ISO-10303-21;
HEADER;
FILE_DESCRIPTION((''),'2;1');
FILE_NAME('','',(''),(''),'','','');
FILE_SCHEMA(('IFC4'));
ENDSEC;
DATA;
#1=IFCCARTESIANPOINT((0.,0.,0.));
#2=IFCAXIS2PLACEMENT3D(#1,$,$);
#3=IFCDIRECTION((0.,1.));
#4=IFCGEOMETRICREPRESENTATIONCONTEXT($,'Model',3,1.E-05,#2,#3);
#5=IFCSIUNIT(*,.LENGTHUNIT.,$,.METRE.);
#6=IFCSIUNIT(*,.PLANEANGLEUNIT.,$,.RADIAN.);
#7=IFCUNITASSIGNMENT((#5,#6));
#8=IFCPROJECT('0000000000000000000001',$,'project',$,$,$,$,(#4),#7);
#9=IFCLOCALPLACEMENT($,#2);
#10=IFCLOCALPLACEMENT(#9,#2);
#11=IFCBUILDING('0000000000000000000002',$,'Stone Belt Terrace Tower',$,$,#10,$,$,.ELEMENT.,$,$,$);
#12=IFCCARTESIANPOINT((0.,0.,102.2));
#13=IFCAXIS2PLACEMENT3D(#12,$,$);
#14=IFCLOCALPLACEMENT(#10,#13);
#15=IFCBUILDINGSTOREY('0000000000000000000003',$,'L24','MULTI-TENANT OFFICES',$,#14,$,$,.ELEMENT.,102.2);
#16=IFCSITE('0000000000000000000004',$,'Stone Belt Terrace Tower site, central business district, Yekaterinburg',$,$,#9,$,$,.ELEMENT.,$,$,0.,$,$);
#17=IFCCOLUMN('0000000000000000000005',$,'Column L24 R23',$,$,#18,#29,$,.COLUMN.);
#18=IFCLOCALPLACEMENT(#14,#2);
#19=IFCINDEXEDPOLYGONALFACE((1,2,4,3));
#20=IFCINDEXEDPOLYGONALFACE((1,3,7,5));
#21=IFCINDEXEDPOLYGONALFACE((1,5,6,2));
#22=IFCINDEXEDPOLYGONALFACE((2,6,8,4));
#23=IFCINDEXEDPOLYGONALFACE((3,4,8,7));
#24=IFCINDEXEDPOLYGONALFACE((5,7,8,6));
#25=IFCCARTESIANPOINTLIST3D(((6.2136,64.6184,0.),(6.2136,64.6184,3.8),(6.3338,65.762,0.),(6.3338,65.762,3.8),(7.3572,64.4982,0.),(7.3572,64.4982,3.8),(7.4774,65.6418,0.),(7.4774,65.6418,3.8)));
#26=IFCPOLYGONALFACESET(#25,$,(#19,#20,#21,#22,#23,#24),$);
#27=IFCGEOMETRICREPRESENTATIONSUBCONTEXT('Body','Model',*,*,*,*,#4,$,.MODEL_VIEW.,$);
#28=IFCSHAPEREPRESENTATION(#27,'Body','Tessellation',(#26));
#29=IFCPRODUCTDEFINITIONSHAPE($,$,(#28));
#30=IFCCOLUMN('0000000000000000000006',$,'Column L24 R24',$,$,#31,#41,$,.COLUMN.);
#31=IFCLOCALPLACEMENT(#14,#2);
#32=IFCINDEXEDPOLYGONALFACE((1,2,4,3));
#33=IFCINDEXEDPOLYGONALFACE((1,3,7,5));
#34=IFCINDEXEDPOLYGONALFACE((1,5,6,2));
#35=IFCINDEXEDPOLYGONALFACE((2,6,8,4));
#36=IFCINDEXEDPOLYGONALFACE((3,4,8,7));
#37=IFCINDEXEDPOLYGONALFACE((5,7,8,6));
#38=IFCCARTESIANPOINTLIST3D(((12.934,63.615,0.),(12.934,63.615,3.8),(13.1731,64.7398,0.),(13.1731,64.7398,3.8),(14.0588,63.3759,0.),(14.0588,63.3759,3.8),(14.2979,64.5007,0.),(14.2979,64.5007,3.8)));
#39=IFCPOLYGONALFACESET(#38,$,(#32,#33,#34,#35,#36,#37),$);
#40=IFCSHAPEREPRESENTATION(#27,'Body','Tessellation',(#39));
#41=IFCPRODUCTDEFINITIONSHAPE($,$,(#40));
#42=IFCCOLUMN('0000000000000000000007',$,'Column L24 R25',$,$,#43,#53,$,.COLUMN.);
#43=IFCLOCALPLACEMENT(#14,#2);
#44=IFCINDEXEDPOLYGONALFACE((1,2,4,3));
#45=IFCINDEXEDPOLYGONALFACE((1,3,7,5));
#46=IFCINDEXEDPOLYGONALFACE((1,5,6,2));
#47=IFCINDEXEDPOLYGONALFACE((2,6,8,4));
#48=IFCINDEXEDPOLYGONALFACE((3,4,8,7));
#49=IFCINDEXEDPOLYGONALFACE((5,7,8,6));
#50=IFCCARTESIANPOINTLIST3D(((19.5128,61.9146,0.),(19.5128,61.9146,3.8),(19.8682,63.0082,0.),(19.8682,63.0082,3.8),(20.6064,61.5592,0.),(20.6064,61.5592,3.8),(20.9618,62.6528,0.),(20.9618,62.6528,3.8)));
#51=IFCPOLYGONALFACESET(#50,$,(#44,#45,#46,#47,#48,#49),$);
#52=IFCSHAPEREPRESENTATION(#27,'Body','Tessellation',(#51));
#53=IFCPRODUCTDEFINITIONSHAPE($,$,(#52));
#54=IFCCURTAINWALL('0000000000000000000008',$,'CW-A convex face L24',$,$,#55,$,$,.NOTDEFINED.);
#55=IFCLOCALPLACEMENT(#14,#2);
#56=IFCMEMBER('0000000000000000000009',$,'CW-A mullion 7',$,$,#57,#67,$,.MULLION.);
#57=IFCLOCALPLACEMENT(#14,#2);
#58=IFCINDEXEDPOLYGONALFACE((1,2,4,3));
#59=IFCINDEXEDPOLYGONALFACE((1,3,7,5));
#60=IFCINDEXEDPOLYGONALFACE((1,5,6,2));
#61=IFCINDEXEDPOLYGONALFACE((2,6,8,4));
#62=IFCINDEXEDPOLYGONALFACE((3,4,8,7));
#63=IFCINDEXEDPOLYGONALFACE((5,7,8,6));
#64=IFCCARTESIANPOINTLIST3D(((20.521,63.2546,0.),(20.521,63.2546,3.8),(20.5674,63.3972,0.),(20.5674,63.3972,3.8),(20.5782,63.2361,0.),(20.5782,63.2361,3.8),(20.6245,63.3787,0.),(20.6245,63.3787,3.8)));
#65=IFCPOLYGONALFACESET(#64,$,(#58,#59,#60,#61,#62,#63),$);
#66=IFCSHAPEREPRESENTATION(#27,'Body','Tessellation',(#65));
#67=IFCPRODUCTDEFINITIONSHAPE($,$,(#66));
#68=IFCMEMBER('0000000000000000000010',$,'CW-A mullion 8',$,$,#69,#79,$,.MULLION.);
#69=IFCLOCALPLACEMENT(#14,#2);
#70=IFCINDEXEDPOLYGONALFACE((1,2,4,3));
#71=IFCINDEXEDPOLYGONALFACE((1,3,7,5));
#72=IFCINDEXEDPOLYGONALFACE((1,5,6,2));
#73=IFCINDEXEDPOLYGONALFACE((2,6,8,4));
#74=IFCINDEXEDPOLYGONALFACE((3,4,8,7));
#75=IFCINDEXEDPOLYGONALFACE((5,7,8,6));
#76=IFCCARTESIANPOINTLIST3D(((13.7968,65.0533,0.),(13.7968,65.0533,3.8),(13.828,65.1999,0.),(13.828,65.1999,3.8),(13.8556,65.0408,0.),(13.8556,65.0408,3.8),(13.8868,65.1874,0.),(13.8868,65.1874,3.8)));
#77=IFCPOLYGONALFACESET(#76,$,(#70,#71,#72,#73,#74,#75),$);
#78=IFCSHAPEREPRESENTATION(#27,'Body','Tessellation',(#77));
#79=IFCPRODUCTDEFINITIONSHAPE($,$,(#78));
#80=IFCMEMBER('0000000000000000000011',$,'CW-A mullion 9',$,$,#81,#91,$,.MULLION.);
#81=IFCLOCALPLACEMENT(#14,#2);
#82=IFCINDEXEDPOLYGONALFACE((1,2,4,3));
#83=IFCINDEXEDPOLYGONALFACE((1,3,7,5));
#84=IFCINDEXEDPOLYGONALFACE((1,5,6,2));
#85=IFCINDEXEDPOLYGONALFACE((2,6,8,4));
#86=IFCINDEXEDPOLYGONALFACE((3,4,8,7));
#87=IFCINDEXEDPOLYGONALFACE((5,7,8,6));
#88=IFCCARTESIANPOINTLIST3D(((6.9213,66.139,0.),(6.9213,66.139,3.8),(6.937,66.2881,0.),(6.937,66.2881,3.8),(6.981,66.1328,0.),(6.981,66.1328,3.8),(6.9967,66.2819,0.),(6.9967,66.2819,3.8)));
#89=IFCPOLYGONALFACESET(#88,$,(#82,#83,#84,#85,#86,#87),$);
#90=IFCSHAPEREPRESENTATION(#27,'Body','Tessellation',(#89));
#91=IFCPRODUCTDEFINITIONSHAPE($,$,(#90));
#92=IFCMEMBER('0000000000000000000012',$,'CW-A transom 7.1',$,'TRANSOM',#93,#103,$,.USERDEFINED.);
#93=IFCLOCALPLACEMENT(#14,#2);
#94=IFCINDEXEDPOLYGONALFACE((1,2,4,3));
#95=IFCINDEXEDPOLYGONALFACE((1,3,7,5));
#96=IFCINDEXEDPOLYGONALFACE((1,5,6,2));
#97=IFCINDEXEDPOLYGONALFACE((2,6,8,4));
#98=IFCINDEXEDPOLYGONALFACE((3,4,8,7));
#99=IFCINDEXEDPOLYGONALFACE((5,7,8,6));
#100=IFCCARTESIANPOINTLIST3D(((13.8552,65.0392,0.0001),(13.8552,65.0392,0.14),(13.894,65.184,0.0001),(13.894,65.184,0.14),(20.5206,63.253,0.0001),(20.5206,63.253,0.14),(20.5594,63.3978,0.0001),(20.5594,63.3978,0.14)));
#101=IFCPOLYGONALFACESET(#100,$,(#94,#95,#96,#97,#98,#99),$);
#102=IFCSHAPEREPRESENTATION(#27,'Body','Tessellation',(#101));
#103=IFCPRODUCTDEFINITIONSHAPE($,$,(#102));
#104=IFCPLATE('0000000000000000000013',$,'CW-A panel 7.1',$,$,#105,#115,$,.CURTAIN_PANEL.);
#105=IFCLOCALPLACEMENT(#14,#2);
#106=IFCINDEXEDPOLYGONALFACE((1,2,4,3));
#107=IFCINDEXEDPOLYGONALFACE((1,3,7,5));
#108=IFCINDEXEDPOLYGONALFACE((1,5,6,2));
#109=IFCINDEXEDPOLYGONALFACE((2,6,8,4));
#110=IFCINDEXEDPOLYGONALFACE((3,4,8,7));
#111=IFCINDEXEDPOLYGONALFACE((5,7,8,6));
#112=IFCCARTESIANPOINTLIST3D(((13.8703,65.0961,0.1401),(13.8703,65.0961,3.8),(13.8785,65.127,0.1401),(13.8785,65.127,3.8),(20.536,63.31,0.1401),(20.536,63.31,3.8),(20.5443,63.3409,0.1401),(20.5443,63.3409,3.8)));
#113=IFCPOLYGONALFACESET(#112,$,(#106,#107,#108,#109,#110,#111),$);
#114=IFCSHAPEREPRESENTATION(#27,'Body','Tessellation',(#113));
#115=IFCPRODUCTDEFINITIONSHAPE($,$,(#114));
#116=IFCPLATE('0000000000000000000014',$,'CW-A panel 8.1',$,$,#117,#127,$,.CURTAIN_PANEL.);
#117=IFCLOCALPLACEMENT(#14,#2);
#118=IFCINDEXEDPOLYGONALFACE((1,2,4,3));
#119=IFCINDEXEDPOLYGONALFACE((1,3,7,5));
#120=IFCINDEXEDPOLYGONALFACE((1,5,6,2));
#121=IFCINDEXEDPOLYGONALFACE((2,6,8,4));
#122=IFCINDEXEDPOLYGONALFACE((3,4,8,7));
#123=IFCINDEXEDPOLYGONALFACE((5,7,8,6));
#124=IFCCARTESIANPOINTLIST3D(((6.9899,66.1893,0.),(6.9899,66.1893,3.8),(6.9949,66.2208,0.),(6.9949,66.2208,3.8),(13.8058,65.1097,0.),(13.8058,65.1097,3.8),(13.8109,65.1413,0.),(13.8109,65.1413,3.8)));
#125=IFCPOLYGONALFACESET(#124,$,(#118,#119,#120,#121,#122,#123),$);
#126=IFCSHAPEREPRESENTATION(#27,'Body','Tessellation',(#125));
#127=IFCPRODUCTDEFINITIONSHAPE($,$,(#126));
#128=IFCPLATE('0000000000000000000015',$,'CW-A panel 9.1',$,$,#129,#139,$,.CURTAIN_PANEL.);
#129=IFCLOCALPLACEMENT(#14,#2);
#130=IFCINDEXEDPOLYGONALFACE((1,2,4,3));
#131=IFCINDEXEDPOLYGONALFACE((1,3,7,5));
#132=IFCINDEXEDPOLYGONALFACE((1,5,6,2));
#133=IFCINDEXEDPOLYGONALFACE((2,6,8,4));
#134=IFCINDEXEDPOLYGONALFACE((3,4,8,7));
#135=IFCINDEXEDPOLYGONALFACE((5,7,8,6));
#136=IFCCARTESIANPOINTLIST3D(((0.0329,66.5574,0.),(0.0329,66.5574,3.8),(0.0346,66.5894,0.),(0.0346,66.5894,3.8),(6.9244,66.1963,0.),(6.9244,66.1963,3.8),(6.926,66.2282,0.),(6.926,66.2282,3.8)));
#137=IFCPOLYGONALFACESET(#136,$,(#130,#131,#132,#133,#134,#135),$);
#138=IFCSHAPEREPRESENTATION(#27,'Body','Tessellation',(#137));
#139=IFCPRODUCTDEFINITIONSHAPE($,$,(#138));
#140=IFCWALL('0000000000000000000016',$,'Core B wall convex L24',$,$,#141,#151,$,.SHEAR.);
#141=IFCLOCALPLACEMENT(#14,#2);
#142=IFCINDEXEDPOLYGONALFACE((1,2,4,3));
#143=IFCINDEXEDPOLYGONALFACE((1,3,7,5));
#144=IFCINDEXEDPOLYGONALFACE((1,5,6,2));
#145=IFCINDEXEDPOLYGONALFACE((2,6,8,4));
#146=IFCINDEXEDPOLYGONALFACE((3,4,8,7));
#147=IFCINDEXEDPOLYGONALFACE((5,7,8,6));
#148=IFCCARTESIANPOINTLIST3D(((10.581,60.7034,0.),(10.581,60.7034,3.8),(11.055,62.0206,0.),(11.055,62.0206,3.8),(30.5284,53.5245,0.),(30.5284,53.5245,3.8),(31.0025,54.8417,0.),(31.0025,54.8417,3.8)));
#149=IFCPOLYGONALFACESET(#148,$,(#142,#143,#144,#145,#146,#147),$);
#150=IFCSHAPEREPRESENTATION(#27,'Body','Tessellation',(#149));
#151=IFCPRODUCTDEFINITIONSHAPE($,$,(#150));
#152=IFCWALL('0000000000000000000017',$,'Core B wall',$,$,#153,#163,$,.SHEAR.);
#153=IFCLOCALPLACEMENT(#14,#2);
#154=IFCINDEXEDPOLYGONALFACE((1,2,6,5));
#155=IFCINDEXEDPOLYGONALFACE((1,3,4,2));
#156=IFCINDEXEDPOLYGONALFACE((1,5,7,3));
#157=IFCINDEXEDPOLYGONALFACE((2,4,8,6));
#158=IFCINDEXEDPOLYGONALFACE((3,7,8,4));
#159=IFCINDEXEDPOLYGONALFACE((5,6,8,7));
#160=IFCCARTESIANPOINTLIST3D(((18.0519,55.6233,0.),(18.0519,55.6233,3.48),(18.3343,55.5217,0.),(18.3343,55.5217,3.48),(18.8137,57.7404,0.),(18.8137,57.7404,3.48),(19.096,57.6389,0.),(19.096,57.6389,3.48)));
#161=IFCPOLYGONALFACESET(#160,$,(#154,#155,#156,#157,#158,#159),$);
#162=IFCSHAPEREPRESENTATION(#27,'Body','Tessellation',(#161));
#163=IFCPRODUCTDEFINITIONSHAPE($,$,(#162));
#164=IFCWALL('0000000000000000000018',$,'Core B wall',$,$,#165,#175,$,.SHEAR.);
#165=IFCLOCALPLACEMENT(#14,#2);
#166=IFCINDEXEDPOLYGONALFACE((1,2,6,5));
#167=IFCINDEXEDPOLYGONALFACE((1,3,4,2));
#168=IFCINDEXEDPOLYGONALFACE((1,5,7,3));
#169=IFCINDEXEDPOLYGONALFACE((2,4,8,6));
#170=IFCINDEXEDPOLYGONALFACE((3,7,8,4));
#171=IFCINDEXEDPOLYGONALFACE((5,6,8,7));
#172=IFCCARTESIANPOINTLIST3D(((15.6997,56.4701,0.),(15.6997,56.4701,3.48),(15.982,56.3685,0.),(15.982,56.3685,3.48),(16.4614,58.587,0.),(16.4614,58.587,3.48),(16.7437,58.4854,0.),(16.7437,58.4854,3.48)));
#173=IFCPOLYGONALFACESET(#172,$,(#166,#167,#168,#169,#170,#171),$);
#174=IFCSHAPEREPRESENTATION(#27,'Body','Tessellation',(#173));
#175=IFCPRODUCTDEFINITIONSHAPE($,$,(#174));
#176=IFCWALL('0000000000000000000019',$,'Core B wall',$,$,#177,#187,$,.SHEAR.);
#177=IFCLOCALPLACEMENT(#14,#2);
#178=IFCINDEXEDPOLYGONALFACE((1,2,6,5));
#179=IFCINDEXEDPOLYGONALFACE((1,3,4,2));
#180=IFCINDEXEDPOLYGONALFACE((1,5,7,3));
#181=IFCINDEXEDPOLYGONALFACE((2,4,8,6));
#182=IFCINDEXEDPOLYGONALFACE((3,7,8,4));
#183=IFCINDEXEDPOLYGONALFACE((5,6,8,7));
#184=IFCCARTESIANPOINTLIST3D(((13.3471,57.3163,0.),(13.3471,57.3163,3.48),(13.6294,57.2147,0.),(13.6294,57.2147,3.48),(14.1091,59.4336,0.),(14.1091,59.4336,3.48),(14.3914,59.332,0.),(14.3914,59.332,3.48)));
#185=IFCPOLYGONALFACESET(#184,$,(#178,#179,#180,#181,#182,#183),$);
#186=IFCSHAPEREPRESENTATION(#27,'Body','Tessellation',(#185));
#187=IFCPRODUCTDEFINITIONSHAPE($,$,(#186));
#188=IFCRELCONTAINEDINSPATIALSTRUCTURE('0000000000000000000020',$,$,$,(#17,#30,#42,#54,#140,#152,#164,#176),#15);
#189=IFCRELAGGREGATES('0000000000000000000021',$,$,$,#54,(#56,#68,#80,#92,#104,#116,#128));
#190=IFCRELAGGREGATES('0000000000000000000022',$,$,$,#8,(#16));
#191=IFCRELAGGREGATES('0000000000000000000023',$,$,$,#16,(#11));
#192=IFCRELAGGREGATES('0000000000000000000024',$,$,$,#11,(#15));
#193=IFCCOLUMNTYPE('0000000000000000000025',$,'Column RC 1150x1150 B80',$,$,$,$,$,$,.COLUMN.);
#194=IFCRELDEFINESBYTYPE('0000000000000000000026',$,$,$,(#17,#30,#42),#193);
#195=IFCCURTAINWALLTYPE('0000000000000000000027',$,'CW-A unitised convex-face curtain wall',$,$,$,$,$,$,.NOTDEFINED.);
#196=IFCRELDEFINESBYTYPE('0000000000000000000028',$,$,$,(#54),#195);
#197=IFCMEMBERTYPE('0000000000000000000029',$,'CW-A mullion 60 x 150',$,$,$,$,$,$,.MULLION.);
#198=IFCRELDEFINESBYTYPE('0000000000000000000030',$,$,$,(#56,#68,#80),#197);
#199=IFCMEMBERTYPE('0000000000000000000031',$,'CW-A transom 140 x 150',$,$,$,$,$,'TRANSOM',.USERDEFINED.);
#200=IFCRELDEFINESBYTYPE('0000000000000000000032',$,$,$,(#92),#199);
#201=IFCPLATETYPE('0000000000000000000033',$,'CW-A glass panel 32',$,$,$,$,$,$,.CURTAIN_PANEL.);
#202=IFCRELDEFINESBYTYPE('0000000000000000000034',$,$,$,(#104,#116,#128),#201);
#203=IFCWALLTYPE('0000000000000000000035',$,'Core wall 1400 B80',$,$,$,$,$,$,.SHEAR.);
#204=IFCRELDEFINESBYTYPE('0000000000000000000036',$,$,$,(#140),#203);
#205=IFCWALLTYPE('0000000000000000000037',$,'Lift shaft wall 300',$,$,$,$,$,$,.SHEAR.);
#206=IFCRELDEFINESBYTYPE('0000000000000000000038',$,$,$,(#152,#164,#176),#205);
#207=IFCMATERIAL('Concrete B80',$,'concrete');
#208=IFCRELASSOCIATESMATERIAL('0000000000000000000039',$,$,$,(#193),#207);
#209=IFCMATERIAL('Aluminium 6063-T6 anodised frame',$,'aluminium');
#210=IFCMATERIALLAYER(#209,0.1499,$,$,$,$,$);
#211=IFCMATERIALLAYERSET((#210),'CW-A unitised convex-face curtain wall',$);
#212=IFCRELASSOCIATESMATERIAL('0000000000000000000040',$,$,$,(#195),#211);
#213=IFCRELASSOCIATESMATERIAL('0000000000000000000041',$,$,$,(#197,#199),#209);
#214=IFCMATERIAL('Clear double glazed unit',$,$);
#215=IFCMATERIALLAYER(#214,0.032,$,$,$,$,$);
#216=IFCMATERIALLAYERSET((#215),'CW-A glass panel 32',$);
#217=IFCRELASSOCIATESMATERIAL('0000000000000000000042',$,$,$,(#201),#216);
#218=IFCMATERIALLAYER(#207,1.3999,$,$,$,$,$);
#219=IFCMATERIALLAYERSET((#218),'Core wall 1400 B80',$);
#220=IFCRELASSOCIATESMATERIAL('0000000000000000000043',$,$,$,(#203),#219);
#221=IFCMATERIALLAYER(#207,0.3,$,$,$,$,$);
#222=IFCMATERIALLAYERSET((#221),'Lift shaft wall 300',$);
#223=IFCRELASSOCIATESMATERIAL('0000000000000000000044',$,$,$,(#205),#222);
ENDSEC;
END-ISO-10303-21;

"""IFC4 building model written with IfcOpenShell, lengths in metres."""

from ifc_helpers import new_model, si_unit, direction, frame, frame_2d, origin, origin_2d, place, context, subcontext, project, spatial, rectangle, extrude, material, layer, layer_set, material_profile, profile_set, type_object, element, aggregate, save


model = new_model("IFC4")

# Units and contexts
model_context = context("Model", 3, precision=1e-05, world=origin(), true_north=direction((0.0, 1.0)))
body_context = subcontext(model_context, "Body", "Model", "MODEL_VIEW")
ifc_project = project(units=[si_unit("LENGTHUNIT", "METRE"), si_unit("PLANEANGLEUNIT", "RADIAN")], contexts=[model_context])

# Site, building, storey
site_placement = place(None, origin())
site = spatial("IfcSite", under=ifc_project, at=site_placement, Name="Stone Belt Terrace Tower site, central business district, Yekaterinburg", CompositionType="ELEMENT", RefElevation=0.0)
building_placement = place(site_placement, origin())
building = spatial("IfcBuilding", under=site, at=building_placement, Name="Stone Belt Terrace Tower", CompositionType="ELEMENT")
storey_placement = place(building_placement, frame((0.0, 0.0, 102.2)))
storey = spatial("IfcBuildingStorey", under=building, at=storey_placement, Name="L24", Description="MULTI-TENANT OFFICES", CompositionType="ELEMENT", Elevation=102.2)

# Columns
ifc_material_1 = material(Name="Concrete B80", Category="concrete")
ifc_material_profile_1 = material_profile(ifc_material_1, rectangle(XDim=1.1499, YDim=1.1499, at=origin_2d()), Name="RC 1150x1150")
ifc_profile_set_1 = profile_set([ifc_material_profile_1], Name="Concrete B80")
column_type = type_object("IfcColumnType", Name="Column RC 1150x1150 B80", PredefinedType="COLUMN", material=ifc_profile_set_1)
for number, where, z_axis, x_axis, name in (
    (1, (6.8455, 65.1301, 0.0), (0.0, 0.0, 1.0), (0.994522, -0.104528, 0.0), "Column L24 R23"),
    (2, (13.616, 64.0579, 0.0), (0.0, 0.0, 1.0), (0.978148, -0.207912, 0.0), "Column L24 R24"),
    (3, (20.2373, 62.2837, 0.0), (0.0, 0.0, 1.0), (0.951057, -0.309017, 0.0), "Column L24 R25"),
):
    element("IfcColumn", number, at=place(storey_placement, frame(where, z_axis=z_axis, x_axis=x_axis)), inside=storey, type_object=column_type, Name=name, PredefinedType="COLUMN", context=body_context, shape_type="SweptSolid", body=[
        extrude(rectangle(XDim=1.1499, YDim=1.1499, at=origin_2d()), origin(), (0.0, 0.0, 1.0), 3.8),
    ])

# Curtain wall, members, plates
ifc_material_2 = material(Name="Aluminium 6063-T6 anodised frame", Category="aluminium")
ifc_layer_1 = layer(ifc_material_2, 0.1499)
ifc_layer_set_1 = layer_set([ifc_layer_1], Name="CW-A unitised convex-face curtain wall")
curtain_wall_type = type_object("IfcCurtainWallType", Name="CW-A unitised convex-face curtain wall", PredefinedType="NOTDEFINED", material=ifc_layer_set_1)
curtain_wall_placement = place(storey_placement, origin())
curtain_wall = element("IfcCurtainWall", 4, at=curtain_wall_placement, inside=storey, type_object=curtain_wall_type, Name="CW-A convex face L24", PredefinedType="NOTDEFINED")
ifc_material_profile_2 = material_profile(ifc_material_2, rectangle(XDim=0.1499, YDim=0.0601, at=origin_2d()), Name="Aluminium 6063-T6 60x150")
ifc_profile_set_2 = profile_set([ifc_material_profile_2], Name="Aluminium 6063-T6 anodised frame")
member_type_1 = type_object("IfcMemberType", Name="CW-A mullion 60 x 150", PredefinedType="MULLION", material=ifc_profile_set_2)
member_1_placement = place(storey_placement, frame((20.5728, 63.3167, 0.0), z_axis=(0.0, 0.0, 1.0), x_axis=(-0.309017, -0.951057, 0.0)))
member_1 = element("IfcMember", 5, at=member_1_placement, type_object=member_type_1, Name="CW-A mullion 7", PredefinedType="MULLION", context=body_context, shape_type="SweptSolid", body=[
    extrude(rectangle(XDim=0.1499, YDim=0.0601, at=origin_2d()), origin(), (0.0, 0.0, 1.0), 3.8),
])
member_2_placement = place(storey_placement, frame((13.8418, 65.1204, 0.0), z_axis=(0.0, 0.0, 1.0), x_axis=(-0.207912, -0.978148, 0.0)))
member_2 = element("IfcMember", 6, at=member_2_placement, type_object=member_type_1, Name="CW-A mullion 8", PredefinedType="MULLION", context=body_context, shape_type="SweptSolid", body=[
    extrude(rectangle(XDim=0.1499, YDim=0.0601, at=origin_2d()), origin(), (0.0, 0.0, 1.0), 3.8),
])
member_3_placement = place(storey_placement, frame((6.959, 66.2104, 0.0), z_axis=(0.0, 0.0, 1.0), x_axis=(-0.104528, -0.994522, 0.0)))
member_3 = element("IfcMember", 7, at=member_3_placement, type_object=member_type_1, Name="CW-A mullion 9", PredefinedType="MULLION", context=body_context, shape_type="SweptSolid", body=[
    extrude(rectangle(XDim=0.1499, YDim=0.0601, at=origin_2d()), origin(), (0.0, 0.0, 1.0), 3.8),
])
ifc_material_profile_3 = material_profile(ifc_material_2, rectangle(XDim=0.1499, YDim=0.1399, at=origin_2d()), Name="Aluminium 6063-T6 150x140")
ifc_profile_set_3 = profile_set([ifc_material_profile_3], Name="Aluminium 6063-T6 anodised frame")
member_type_2 = type_object("IfcMemberType", Name="CW-A transom 140 x 150", ElementType="TRANSOM", PredefinedType="USERDEFINED", material=ifc_profile_set_3)
member_4_placement = place(storey_placement, frame((20.54, 63.3254, 0.0701), z_axis=(-0.965922, 0.258834, 0.0), x_axis=(-0.258834, -0.965922, 0.0)))
member_4 = element("IfcMember", 8, at=member_4_placement, type_object=member_type_2, Name="CW-A transom 7.1", ObjectType="TRANSOM", PredefinedType="USERDEFINED", context=body_context, shape_type="SweptSolid", body=[
    extrude(rectangle(XDim=0.1499, YDim=0.1399, at=origin_2d()), origin(), (0.0, 0.0, 1.0), 6.9006),
])
ifc_material_3 = material(Name="Clear double glazed unit")
ifc_layer_2 = layer(ifc_material_3, 0.032)
ifc_layer_set_2 = layer_set([ifc_layer_2], Name="CW-A glass panel 32")
plate_type = type_object("IfcPlateType", Name="CW-A glass panel 32", PredefinedType="CURTAIN_PANEL", material=ifc_layer_set_2)
plate_1_placement = place(storey_placement, frame((17.2073, 64.2185, 0.1401), z_axis=(0.0, 0.0, 1.0), x_axis=(-0.965926, 0.258819, 0.0)))
plate_1 = element("IfcPlate", 9, at=plate_1_placement, type_object=plate_type, Name="CW-A panel 7.1", PredefinedType="CURTAIN_PANEL", context=body_context, shape_type="SweptSolid", body=[
    extrude(rectangle(XDim=6.9009, YDim=0.032, at=origin_2d()), origin(), (0.0, 0.0, 1.0), 3.6599),
])
plate_2_placement = place(storey_placement, frame((10.4004, 65.6653, 0.0), z_axis=(0.0, 0.0, 1.0), x_axis=(-0.987688, 0.156434, 0.0)))
plate_2 = element("IfcPlate", 10, at=plate_2_placement, type_object=plate_type, Name="CW-A panel 8.1", PredefinedType="CURTAIN_PANEL", context=body_context, shape_type="SweptSolid", body=[
    extrude(rectangle(XDim=6.9009, YDim=0.032, at=origin_2d()), origin(), (0.0, 0.0, 1.0), 3.8),
])
plate_3_placement = place(storey_placement, frame((3.4795, 66.3928, 0.0), z_axis=(0.0, 0.0, 1.0), x_axis=(-0.99863, 0.052336, 0.0)))
plate_3 = element("IfcPlate", 11, at=plate_3_placement, type_object=plate_type, Name="CW-A panel 9.1", PredefinedType="CURTAIN_PANEL", context=body_context, shape_type="SweptSolid", body=[
    extrude(rectangle(XDim=6.9009, YDim=0.032, at=origin_2d()), origin(), (0.0, 0.0, 1.0), 3.8),
])
aggregate(curtain_wall, [member_1, member_2, member_3, member_4, plate_1, plate_2, plate_3])

# Walls
ifc_layer_3 = layer(ifc_material_1, 1.3999)
ifc_layer_set_3 = layer_set([ifc_layer_3], Name="Core wall 1400 B80")
wall_type_1 = type_object("IfcWallType", Name="Core wall 1400 B80", PredefinedType="SHEAR", material=ifc_layer_set_3)
wall_1_placement = place(storey_placement, frame((10.8179, 61.3621, 0.0), z_axis=(0.0, 0.0, 1.0), x_axis=(0.94092, -0.33863, 0.0)))
element("IfcWall", 12, at=wall_1_placement, inside=storey, type_object=wall_type_1, Name="Core B wall convex L24", PredefinedType="SHEAR", context=body_context, shape_type="SweptSolid", body=[
    extrude(rectangle(XDim=21.2, YDim=1.3999, at=frame_2d((10.6001, 0.0))), origin(), (0.0, 0.0, 1.0), 3.8),
])
ifc_layer_4 = layer(ifc_material_1, 0.3)
ifc_layer_set_4 = layer_set([ifc_layer_4], Name="Lift shaft wall 300")
wall_type_2 = type_object("IfcWallType", Name="Lift shaft wall 300", PredefinedType="SHEAR", material=ifc_layer_set_4)
wall_2_placement = place(storey_placement, frame((18.1931, 55.5725, 0.0), z_axis=(0.0, 0.0, 1.0), x_axis=(0.338535, 0.940954, 0.0)))
element("IfcWall", 13, at=wall_2_placement, inside=storey, type_object=wall_type_2, Name="Core B wall", PredefinedType="SHEAR", context=body_context, shape_type="SweptSolid", body=[
    extrude(rectangle(XDim=2.25, YDim=0.3, at=frame_2d((1.125, 0.0))), origin(), (0.0, 0.0, 1.0), 3.48),
])
wall_3_placement = place(storey_placement, frame((15.8408, 56.4192, 0.0), z_axis=(0.0, 0.0, 1.0), x_axis=(0.33857, 0.940941, 0.0)))
element("IfcWall", 14, at=wall_3_placement, inside=storey, type_object=wall_type_2, Name="Core B wall", PredefinedType="SHEAR", context=body_context, shape_type="SweptSolid", body=[
    extrude(rectangle(XDim=2.2498, YDim=0.3, at=frame_2d((1.125, 0.0))), origin(), (0.0, 0.0, 1.0), 3.48),
])
wall_4_placement = place(storey_placement, frame((13.4883, 57.2656, 0.0), z_axis=(0.0, 0.0, 1.0), x_axis=(0.338631, 0.940919, 0.0)))
element("IfcWall", 15, at=wall_4_placement, inside=storey, type_object=wall_type_2, Name="Core B wall", PredefinedType="SHEAR", context=body_context, shape_type="SweptSolid", body=[
    extrude(rectangle(XDim=2.2502, YDim=0.3, at=frame_2d((1.125, 0.0))), origin(), (0.0, 0.0, 1.0), 3.48),
])

save(model, "model.ifc")
